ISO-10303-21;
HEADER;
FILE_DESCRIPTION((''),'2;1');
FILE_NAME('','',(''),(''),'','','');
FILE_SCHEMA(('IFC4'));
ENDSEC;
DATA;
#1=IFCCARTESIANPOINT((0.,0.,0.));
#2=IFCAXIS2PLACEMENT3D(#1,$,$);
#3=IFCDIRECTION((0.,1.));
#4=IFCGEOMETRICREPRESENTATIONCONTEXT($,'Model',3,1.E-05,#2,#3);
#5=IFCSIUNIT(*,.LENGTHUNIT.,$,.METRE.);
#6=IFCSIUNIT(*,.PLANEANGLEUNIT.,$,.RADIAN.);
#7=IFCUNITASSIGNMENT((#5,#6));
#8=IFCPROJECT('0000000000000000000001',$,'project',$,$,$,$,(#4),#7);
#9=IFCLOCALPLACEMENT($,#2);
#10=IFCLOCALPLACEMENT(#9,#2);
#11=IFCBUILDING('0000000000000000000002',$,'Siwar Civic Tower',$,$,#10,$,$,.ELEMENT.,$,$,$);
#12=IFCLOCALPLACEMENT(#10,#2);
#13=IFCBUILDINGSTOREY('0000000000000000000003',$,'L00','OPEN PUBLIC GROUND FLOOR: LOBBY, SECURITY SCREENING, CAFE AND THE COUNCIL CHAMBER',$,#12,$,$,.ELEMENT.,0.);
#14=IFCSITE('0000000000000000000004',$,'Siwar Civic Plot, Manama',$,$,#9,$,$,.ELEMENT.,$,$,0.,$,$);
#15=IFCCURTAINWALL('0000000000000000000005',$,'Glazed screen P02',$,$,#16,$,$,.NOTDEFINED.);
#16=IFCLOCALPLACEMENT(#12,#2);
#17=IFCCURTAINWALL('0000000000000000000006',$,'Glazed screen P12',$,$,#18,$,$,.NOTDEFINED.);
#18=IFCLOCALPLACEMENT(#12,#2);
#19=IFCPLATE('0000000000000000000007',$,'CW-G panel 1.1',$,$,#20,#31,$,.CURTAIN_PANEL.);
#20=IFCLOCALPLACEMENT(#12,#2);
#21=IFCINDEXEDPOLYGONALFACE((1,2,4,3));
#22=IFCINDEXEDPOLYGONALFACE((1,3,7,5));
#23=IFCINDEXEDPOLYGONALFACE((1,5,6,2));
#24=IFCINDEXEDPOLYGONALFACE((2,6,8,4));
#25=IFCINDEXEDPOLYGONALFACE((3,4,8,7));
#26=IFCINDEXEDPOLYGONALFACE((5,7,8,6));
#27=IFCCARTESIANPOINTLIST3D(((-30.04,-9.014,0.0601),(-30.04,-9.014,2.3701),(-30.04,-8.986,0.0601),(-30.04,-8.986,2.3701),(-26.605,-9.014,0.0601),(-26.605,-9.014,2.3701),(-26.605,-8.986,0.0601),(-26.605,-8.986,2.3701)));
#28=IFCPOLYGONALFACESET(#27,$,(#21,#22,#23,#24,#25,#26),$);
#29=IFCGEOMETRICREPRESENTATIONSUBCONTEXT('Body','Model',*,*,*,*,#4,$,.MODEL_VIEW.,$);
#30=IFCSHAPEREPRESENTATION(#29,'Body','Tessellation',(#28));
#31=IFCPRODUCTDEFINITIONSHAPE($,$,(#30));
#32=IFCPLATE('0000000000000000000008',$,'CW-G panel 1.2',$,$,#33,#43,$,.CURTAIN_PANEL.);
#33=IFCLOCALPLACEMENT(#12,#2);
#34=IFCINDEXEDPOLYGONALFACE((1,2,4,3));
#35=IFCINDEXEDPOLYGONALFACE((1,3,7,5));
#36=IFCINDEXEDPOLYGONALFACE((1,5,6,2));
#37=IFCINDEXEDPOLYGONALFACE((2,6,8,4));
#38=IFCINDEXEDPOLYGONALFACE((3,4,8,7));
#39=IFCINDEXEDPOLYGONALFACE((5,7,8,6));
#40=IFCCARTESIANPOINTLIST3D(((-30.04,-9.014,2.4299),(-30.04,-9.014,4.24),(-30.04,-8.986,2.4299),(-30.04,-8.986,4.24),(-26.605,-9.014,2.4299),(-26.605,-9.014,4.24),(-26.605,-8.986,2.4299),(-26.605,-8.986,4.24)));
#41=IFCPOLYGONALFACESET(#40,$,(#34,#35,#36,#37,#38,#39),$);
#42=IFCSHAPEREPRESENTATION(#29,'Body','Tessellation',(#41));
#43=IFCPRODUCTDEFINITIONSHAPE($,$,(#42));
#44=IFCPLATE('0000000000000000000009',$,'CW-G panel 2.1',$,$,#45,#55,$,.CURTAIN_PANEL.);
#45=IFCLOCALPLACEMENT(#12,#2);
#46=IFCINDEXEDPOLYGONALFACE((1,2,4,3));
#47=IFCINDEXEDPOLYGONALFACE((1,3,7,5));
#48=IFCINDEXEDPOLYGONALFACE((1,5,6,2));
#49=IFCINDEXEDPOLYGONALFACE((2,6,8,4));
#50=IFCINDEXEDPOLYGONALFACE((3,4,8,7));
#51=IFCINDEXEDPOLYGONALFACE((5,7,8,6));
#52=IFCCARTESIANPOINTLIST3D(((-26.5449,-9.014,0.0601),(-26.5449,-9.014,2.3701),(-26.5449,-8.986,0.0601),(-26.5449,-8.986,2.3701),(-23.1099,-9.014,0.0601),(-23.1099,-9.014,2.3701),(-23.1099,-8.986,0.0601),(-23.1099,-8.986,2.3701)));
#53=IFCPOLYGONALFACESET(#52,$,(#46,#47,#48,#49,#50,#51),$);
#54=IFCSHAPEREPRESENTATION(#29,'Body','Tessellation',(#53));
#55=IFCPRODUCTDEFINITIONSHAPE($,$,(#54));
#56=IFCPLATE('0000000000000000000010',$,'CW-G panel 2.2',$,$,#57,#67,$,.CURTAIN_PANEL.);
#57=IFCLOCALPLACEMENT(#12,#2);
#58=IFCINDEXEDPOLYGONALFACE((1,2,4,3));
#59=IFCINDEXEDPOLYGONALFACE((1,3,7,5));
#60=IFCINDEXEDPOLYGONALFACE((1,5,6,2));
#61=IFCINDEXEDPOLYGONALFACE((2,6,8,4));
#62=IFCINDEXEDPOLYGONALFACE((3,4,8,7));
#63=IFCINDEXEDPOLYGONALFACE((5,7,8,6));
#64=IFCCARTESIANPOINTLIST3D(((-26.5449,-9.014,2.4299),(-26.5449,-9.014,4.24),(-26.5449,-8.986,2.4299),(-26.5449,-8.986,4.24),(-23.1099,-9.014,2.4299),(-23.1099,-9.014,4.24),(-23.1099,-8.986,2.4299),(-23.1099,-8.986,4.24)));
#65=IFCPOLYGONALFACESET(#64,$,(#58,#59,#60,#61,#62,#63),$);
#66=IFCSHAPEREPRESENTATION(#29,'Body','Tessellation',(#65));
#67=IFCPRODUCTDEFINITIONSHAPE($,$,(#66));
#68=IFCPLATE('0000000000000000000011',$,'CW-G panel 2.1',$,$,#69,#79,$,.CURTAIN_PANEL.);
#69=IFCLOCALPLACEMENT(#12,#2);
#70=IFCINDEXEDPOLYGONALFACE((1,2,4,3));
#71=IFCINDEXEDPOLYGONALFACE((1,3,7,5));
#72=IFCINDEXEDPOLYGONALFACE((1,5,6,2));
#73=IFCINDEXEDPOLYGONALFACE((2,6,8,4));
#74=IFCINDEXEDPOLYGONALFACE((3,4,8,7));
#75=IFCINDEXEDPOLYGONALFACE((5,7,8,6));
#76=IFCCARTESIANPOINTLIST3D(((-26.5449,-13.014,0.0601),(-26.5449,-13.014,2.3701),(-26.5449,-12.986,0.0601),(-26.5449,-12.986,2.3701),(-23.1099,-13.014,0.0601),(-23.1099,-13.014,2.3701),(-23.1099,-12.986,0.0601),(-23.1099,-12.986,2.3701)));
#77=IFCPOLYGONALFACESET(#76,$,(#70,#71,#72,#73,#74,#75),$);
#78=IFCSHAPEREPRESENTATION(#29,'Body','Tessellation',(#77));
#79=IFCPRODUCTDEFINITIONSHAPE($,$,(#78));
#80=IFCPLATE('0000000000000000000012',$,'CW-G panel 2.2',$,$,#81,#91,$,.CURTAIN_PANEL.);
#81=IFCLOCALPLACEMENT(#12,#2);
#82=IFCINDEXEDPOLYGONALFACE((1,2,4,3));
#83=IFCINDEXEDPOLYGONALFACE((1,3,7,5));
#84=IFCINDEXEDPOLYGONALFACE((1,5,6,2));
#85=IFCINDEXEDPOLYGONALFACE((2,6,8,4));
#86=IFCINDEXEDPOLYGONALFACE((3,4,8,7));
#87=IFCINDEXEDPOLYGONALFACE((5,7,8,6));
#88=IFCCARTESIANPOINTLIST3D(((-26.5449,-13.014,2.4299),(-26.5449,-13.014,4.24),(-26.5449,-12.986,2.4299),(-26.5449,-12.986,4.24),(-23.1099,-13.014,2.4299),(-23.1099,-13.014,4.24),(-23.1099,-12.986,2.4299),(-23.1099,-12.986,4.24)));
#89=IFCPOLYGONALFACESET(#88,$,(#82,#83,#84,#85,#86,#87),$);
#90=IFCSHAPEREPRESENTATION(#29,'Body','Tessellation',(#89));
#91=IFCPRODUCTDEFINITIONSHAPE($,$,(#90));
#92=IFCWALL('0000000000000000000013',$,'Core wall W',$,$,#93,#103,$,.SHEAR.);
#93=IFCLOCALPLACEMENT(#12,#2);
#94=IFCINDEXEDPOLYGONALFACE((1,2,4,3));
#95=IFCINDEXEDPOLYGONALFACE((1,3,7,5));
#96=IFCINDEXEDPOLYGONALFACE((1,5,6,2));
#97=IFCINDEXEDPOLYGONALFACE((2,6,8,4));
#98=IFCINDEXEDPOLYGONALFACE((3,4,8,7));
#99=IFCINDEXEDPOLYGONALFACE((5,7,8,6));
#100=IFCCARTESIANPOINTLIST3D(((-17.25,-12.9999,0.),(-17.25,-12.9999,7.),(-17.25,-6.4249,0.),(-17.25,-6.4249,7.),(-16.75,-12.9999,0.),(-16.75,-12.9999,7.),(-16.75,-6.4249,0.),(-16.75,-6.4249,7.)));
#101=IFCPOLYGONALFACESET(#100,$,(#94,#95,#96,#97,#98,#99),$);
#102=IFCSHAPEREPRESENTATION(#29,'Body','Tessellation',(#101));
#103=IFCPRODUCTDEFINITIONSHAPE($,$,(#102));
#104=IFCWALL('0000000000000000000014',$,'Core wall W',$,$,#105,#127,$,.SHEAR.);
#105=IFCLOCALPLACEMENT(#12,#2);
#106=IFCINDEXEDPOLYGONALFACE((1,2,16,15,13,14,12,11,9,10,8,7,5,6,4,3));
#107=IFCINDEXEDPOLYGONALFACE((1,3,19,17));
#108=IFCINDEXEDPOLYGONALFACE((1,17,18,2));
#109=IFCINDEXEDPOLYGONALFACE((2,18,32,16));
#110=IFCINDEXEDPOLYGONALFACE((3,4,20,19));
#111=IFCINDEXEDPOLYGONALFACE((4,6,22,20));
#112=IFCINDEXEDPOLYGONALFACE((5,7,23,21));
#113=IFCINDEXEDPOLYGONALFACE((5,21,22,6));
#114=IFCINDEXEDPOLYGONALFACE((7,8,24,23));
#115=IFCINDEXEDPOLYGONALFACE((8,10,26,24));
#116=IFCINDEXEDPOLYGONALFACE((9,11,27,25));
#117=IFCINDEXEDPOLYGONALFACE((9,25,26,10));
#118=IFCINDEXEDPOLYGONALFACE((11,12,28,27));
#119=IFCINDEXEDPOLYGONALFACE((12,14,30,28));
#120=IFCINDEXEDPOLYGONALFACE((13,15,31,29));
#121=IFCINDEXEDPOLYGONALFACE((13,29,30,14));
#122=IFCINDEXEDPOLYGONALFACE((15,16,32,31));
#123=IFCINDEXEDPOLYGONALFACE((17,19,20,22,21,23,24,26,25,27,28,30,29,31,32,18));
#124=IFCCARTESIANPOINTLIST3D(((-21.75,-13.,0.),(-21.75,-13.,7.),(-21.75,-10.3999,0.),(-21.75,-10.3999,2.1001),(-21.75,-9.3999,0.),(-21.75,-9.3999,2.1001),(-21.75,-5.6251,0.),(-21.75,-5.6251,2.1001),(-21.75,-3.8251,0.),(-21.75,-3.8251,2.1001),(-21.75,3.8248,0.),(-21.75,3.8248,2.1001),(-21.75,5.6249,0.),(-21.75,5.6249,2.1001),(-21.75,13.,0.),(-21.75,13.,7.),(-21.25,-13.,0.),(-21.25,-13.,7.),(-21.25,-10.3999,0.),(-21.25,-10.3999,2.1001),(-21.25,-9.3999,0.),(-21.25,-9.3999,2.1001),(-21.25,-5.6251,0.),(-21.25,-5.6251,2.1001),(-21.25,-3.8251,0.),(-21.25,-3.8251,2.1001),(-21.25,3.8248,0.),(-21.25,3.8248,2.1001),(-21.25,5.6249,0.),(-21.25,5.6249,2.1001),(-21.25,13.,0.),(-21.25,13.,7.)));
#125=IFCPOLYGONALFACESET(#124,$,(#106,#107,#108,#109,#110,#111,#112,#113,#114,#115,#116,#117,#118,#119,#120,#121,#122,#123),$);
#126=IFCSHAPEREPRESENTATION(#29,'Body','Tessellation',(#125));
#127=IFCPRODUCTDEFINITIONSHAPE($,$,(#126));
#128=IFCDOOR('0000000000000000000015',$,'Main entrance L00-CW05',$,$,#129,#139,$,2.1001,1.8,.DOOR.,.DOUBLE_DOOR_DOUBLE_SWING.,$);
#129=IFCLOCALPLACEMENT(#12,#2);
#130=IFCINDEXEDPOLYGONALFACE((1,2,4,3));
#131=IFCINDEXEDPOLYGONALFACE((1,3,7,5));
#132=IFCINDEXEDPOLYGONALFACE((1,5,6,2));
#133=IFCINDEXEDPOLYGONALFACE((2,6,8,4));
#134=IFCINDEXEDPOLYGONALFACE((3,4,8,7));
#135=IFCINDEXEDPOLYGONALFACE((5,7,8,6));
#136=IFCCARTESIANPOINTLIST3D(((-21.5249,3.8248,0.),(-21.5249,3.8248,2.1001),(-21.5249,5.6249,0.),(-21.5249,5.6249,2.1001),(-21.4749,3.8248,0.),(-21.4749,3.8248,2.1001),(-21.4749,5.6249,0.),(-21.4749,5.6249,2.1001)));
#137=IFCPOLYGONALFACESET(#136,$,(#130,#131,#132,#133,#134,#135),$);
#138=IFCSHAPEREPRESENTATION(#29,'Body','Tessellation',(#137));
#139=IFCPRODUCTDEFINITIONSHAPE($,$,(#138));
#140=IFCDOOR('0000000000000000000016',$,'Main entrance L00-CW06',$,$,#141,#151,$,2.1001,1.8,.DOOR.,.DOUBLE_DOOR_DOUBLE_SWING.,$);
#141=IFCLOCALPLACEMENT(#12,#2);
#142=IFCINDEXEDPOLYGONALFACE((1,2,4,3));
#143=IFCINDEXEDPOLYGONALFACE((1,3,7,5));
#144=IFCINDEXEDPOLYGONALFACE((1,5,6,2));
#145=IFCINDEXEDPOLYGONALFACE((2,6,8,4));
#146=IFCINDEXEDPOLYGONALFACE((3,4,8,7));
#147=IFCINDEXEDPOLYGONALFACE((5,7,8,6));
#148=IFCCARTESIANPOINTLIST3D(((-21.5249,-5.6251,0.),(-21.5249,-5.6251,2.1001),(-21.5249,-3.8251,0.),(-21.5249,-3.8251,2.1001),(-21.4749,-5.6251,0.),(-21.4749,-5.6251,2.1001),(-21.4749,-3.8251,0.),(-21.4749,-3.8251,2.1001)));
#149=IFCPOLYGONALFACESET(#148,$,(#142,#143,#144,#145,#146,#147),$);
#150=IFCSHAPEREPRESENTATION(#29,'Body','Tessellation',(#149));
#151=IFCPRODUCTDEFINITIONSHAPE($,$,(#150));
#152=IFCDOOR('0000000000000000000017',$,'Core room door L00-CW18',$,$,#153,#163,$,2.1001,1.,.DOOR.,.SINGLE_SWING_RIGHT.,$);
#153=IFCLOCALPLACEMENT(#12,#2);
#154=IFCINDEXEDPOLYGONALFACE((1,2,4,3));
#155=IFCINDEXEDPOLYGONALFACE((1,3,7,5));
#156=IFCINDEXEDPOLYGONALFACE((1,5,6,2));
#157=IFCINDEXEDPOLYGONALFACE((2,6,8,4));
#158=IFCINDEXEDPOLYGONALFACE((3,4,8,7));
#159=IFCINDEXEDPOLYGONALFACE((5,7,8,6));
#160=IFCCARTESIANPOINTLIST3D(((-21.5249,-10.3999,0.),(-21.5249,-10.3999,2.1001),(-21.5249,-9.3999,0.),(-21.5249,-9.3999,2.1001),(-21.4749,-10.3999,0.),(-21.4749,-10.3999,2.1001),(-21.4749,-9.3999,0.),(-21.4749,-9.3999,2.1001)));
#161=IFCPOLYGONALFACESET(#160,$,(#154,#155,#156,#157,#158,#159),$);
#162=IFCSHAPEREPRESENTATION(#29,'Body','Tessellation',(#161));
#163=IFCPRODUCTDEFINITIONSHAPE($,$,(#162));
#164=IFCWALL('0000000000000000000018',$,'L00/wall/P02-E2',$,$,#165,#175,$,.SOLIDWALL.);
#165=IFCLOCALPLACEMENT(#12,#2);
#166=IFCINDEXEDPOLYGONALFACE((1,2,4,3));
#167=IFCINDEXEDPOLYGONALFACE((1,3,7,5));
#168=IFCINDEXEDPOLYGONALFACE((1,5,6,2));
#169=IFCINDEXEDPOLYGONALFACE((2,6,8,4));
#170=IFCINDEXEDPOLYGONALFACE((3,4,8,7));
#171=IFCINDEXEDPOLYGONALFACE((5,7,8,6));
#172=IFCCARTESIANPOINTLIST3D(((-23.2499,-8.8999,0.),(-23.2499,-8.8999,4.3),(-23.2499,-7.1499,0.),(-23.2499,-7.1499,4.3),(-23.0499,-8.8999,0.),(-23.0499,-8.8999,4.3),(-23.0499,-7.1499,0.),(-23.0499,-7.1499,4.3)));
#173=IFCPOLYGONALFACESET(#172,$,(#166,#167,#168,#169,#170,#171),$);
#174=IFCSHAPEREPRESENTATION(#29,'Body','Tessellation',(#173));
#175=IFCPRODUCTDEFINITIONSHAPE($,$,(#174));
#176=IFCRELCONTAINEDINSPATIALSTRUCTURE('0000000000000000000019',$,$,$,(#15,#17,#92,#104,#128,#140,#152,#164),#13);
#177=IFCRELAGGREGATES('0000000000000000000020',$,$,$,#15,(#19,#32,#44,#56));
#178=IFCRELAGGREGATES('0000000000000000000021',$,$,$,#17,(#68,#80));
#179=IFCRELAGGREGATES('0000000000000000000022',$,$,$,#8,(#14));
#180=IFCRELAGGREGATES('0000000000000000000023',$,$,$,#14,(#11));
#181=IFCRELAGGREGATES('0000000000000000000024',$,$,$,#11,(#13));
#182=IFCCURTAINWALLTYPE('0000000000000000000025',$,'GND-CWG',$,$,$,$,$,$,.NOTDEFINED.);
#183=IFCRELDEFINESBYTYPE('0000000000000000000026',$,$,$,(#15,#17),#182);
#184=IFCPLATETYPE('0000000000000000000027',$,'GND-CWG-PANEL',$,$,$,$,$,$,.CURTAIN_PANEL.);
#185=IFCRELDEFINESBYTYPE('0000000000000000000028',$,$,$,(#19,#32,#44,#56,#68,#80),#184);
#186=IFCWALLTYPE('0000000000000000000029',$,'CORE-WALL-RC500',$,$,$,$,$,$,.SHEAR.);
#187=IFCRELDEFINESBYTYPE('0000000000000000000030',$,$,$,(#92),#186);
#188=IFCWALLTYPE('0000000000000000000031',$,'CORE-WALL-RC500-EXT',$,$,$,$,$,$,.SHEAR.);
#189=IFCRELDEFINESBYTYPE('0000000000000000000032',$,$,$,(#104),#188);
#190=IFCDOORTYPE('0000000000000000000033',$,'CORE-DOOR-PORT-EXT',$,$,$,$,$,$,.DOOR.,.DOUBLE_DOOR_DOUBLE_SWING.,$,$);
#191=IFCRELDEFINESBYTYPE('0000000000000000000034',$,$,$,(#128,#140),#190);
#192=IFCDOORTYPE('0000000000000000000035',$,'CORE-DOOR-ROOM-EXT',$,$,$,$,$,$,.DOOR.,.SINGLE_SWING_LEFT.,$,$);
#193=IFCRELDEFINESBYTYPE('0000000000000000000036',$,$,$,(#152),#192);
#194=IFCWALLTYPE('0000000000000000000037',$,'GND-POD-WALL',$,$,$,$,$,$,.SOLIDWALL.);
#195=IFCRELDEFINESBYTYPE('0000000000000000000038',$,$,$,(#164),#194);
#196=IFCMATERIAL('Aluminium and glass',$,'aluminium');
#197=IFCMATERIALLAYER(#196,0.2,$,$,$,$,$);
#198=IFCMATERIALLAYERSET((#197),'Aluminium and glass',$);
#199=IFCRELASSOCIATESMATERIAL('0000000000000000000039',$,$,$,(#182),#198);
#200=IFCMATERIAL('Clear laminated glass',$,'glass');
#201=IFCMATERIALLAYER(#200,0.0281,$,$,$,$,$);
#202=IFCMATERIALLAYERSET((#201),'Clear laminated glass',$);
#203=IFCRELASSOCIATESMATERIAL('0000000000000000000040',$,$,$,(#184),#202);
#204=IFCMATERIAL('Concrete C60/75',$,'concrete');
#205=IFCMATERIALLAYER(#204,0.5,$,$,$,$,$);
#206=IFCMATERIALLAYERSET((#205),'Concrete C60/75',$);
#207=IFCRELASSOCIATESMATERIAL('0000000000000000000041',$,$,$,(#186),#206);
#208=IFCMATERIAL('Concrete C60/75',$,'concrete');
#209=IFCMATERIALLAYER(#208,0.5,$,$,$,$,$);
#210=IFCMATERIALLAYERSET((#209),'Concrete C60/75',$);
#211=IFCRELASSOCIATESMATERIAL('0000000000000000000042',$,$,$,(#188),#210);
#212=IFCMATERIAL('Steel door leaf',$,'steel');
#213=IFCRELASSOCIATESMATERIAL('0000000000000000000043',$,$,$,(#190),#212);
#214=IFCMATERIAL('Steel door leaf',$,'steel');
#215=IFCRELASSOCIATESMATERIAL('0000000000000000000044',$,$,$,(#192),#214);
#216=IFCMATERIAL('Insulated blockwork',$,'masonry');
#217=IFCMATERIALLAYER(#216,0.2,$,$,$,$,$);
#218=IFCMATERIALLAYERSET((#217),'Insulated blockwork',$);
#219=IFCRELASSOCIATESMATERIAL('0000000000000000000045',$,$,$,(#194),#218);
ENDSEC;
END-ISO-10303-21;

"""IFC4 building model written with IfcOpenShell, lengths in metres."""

from ifc_helpers import new_model, si_unit, direction, frame, frame_2d, origin, origin_2d, place, context, subcontext, project, spatial, rectangle, extrude, material, layer, layer_set, type_object, element, fill, aggregate, save


model = new_model("IFC4")

# Units and contexts
model_context = context("Model", 3, precision=1e-05, world=origin(), true_north=direction((0.0, 1.0)))
body_context = subcontext(model_context, "Body", "Model", "MODEL_VIEW")
ifc_project = project(units=[si_unit("LENGTHUNIT", "METRE"), si_unit("PLANEANGLEUNIT", "RADIAN")], contexts=[model_context])

# Site, building, storey
site_placement = place(None, origin())
site = spatial("IfcSite", under=ifc_project, at=site_placement, Name="Siwar Civic Plot, Manama", CompositionType="ELEMENT", RefElevation=0.0)
building_placement = place(site_placement, origin())
building = spatial("IfcBuilding", under=site, at=building_placement, Name="Siwar Civic Tower", CompositionType="ELEMENT")
storey_placement = place(building_placement, origin())
storey = spatial("IfcBuildingStorey", under=building, at=storey_placement, Name="L00", Description="OPEN PUBLIC GROUND FLOOR: LOBBY, SECURITY SCREENING, CAFE AND THE COUNCIL CHAMBER", CompositionType="ELEMENT", Elevation=0.0)

# Curtain walls
ifc_material_1 = material(Name="Aluminium and glass", Category="aluminium")
ifc_layer_1 = layer(ifc_material_1, 0.2)
ifc_layer_set_1 = layer_set([ifc_layer_1], Name="Aluminium and glass")
curtain_wall_type = type_object("IfcCurtainWallType", Name="GND-CWG", PredefinedType="NOTDEFINED", material=ifc_layer_set_1)
curtain_wall_1_placement = place(storey_placement, origin())
curtain_wall_1 = element("IfcCurtainWall", 1, at=curtain_wall_1_placement, inside=storey, type_object=curtain_wall_type, Name="Glazed screen P02", PredefinedType="NOTDEFINED")
curtain_wall_2_placement = place(storey_placement, origin())
curtain_wall_2 = element("IfcCurtainWall", 2, at=curtain_wall_2_placement, inside=storey, type_object=curtain_wall_type, Name="Glazed screen P12", PredefinedType="NOTDEFINED")

# Plates
ifc_material_2 = material(Name="Clear laminated glass", Category="glass")
ifc_layer_2 = layer(ifc_material_2, 0.0281)
ifc_layer_set_2 = layer_set([ifc_layer_2], Name="Clear laminated glass")
plate_type = type_object("IfcPlateType", Name="GND-CWG-PANEL", PredefinedType="CURTAIN_PANEL", material=ifc_layer_set_2)
plate_1_placement = place(storey_placement, frame((-28.3225, -9.0, 0.0601), z_axis=(0.0, 0.0, 1.0), x_axis=(1.0, 0.0, 0.0)))
plate_1 = element("IfcPlate", 3, at=plate_1_placement, type_object=plate_type, Name="CW-G panel 1.1", PredefinedType="CURTAIN_PANEL", context=body_context, shape_type="SweptSolid", body=[
    extrude(rectangle(XDim=3.4351, YDim=0.0281, at=origin_2d()), origin(), (0.0, 0.0, 1.0), 2.3101),
])
plate_2_placement = place(storey_placement, frame((-28.3225, -9.0, 2.4299), z_axis=(0.0, 0.0, 1.0), x_axis=(1.0, 0.0, 0.0)))
plate_2 = element("IfcPlate", 4, at=plate_2_placement, type_object=plate_type, Name="CW-G panel 1.2", PredefinedType="CURTAIN_PANEL", context=body_context, shape_type="SweptSolid", body=[
    extrude(rectangle(XDim=3.4351, YDim=0.0281, at=origin_2d()), origin(), (0.0, 0.0, 1.0), 1.8101),
])
plate_3_placement = place(storey_placement, frame((-24.8274, -9.0, 0.0601), z_axis=(0.0, 0.0, 1.0), x_axis=(1.0, 0.0, 0.0)))
plate_3 = element("IfcPlate", 5, at=plate_3_placement, type_object=plate_type, Name="CW-G panel 2.1", PredefinedType="CURTAIN_PANEL", context=body_context, shape_type="SweptSolid", body=[
    extrude(rectangle(XDim=3.4351, YDim=0.0281, at=origin_2d()), origin(), (0.0, 0.0, 1.0), 2.3101),
])
plate_4_placement = place(storey_placement, frame((-24.8274, -9.0, 2.4299), z_axis=(0.0, 0.0, 1.0), x_axis=(1.0, 0.0, 0.0)))
plate_4 = element("IfcPlate", 6, at=plate_4_placement, type_object=plate_type, Name="CW-G panel 2.2", PredefinedType="CURTAIN_PANEL", context=body_context, shape_type="SweptSolid", body=[
    extrude(rectangle(XDim=3.4351, YDim=0.0281, at=origin_2d()), origin(), (0.0, 0.0, 1.0), 1.8101),
])
aggregate(curtain_wall_1, [plate_1, plate_2, plate_3, plate_4])
plate_5_placement = place(storey_placement, frame((-24.8274, -13.0, 0.0601), z_axis=(0.0, 0.0, 1.0), x_axis=(1.0, 0.0, 0.0)))
plate_5 = element("IfcPlate", 7, at=plate_5_placement, type_object=plate_type, Name="CW-G panel 2.1", PredefinedType="CURTAIN_PANEL", context=body_context, shape_type="SweptSolid", body=[
    extrude(rectangle(XDim=3.4351, YDim=0.0281, at=origin_2d()), origin(), (0.0, 0.0, 1.0), 2.3101),
])
plate_6_placement = place(storey_placement, frame((-24.8274, -13.0, 2.4299), z_axis=(0.0, 0.0, 1.0), x_axis=(1.0, 0.0, 0.0)))
plate_6 = element("IfcPlate", 8, at=plate_6_placement, type_object=plate_type, Name="CW-G panel 2.2", PredefinedType="CURTAIN_PANEL", context=body_context, shape_type="SweptSolid", body=[
    extrude(rectangle(XDim=3.4351, YDim=0.0281, at=origin_2d()), origin(), (0.0, 0.0, 1.0), 1.8101),
])
aggregate(curtain_wall_2, [plate_5, plate_6])

# Wall
ifc_material_3 = material(Name="Concrete C60/75", Category="concrete")
ifc_layer_3 = layer(ifc_material_3, 0.5)
ifc_layer_set_3 = layer_set([ifc_layer_3], Name="Concrete C60/75")
wall_type_1 = type_object("IfcWallType", Name="CORE-WALL-RC500", PredefinedType="SHEAR", material=ifc_layer_set_3)
wall_1_placement = place(storey_placement, frame((-17.0, -13.0, 0.0), z_axis=(0.0, 0.0, 1.0), x_axis=(0.0, 1.0, 0.0)))
element("IfcWall", 9, at=wall_1_placement, inside=storey, type_object=wall_type_1, Name="Core wall W", PredefinedType="SHEAR", context=body_context, shape_type="SweptSolid", body=[
    extrude(rectangle(XDim=6.575, YDim=0.5, at=frame_2d((3.2876, 0.0))), origin(), (0.0, 0.0, 1.0), 7.0),
])

# Wall, openings, doors
ifc_material_4 = material(Name="Concrete C60/75", Category="concrete")
ifc_layer_4 = layer(ifc_material_4, 0.5)
ifc_layer_set_4 = layer_set([ifc_layer_4], Name="Concrete C60/75")
wall_type_2 = type_object("IfcWallType", Name="CORE-WALL-RC500-EXT", PredefinedType="SHEAR", material=ifc_layer_set_4)
wall_2_placement = place(storey_placement, frame((-21.5, -13.0, 0.0), z_axis=(0.0, 0.0, 1.0), x_axis=(0.0, 1.0, 0.0)))
wall_2 = element("IfcWall", 10, at=wall_2_placement, inside=storey, type_object=wall_type_2, Name="Core wall W", PredefinedType="SHEAR", context=body_context, shape_type="SweptSolid", body=[
    extrude(rectangle(XDim=26.0, YDim=0.5, at=frame_2d((13.0, 0.0))), origin(), (0.0, 0.0, 1.0), 7.0),
])
opening_1_placement = place(wall_2_placement, frame((16.825, 0.0, 0.0)))
opening_1 = element("IfcOpeningElement", 11, at=opening_1_placement, cuts=wall_2, PredefinedType="OPENING", context=body_context, shape_type="SweptSolid", body=[
    extrude(rectangle(XDim=1.8, YDim=2.1001, at=frame_2d((0.8999, 1.05))), frame((0.0, 0.26, 0.0), z_axis=(0.0, -1.0, 0.0), x_axis=(1.0, 0.0, 0.0)), (0.0, 0.0, 1.0), 0.52),
])
opening_2_placement = place(wall_2_placement, frame((7.375, 0.0, 0.0)))
opening_2 = element("IfcOpeningElement", 12, at=opening_2_placement, cuts=wall_2, PredefinedType="OPENING", context=body_context, shape_type="SweptSolid", body=[
    extrude(rectangle(XDim=1.8, YDim=2.1001, at=frame_2d((0.8999, 1.05))), frame((0.0, 0.26, 0.0), z_axis=(0.0, -1.0, 0.0), x_axis=(1.0, 0.0, 0.0)), (0.0, 0.0, 1.0), 0.52),
])
opening_3_placement = place(wall_2_placement, frame((2.6001, 0.0, 0.0)))
opening_3 = element("IfcOpeningElement", 13, at=opening_3_placement, cuts=wall_2, PredefinedType="OPENING", context=body_context, shape_type="SweptSolid", body=[
    extrude(rectangle(XDim=1.0, YDim=2.1001, at=frame_2d((0.5, 1.05))), frame((0.0, 0.26, 0.0), z_axis=(0.0, -1.0, 0.0), x_axis=(1.0, 0.0, 0.0)), (0.0, 0.0, 1.0), 0.52),
])
ifc_material_5 = material(Name="Steel door leaf", Category="steel")
door_type_1 = type_object("IfcDoorType", Name="CORE-DOOR-PORT-EXT", OperationType="DOUBLE_DOOR_DOUBLE_SWING", PredefinedType="DOOR", material=ifc_material_5)
door_1_placement = place(opening_1_placement, origin())
door_1 = element("IfcDoor", 14, at=door_1_placement, inside=storey, type_object=door_type_1, Name="Main entrance L00-CW05", OperationType="DOUBLE_DOOR_DOUBLE_SWING", OverallHeight=2.1001, OverallWidth=1.8, PredefinedType="DOOR", context=body_context, shape_type="SweptSolid", body=[
    extrude(rectangle(XDim=1.8, YDim=2.1001, at=frame_2d((0.8999, 1.05))), frame((0.0, 0.0249, 0.0), z_axis=(0.0, -1.0, 0.0), x_axis=(1.0, 0.0, 0.0)), (0.0, 0.0, 1.0), 0.05),
])
fill(opening_1, door_1)
door_2_placement = place(opening_2_placement, origin())
door_2 = element("IfcDoor", 15, at=door_2_placement, inside=storey, type_object=door_type_1, Name="Main entrance L00-CW06", OperationType="DOUBLE_DOOR_DOUBLE_SWING", OverallHeight=2.1001, OverallWidth=1.8, PredefinedType="DOOR", context=body_context, shape_type="SweptSolid", body=[
    extrude(rectangle(XDim=1.8, YDim=2.1001, at=frame_2d((0.8999, 1.05))), frame((0.0, 0.0249, 0.0), z_axis=(0.0, -1.0, 0.0), x_axis=(1.0, 0.0, 0.0)), (0.0, 0.0, 1.0), 0.05),
])
fill(opening_2, door_2)
ifc_material_6 = material(Name="Steel door leaf", Category="steel")
door_type_2 = type_object("IfcDoorType", Name="CORE-DOOR-ROOM-EXT", OperationType="SINGLE_SWING_LEFT", PredefinedType="DOOR", material=ifc_material_6)
door_3_placement = place(opening_3_placement, origin())
door_3 = element("IfcDoor", 16, at=door_3_placement, inside=storey, type_object=door_type_2, Name="Core room door L00-CW18", OperationType="SINGLE_SWING_RIGHT", OverallHeight=2.1001, OverallWidth=1.0, PredefinedType="DOOR", context=body_context, shape_type="SweptSolid", body=[
    extrude(rectangle(XDim=1.0, YDim=2.1001, at=frame_2d((0.5, 1.05))), frame((0.0, 0.0249, 0.0), z_axis=(0.0, -1.0, 0.0), x_axis=(1.0, 0.0, 0.0)), (0.0, 0.0, 1.0), 0.05),
])
fill(opening_3, door_3)

# Wall
ifc_material_7 = material(Name="Insulated blockwork", Category="masonry")
ifc_layer_5 = layer(ifc_material_7, 0.2)
ifc_layer_set_5 = layer_set([ifc_layer_5], Name="Insulated blockwork")
wall_type_3 = type_object("IfcWallType", Name="GND-POD-WALL", PredefinedType="SOLIDWALL", material=ifc_layer_set_5)
wall_3_placement = place(storey_placement, frame((-23.1499, -8.8999, 0.0), z_axis=(0.0, 0.0, 1.0), x_axis=(0.0, 1.0, 0.0)))
element("IfcWall", 17, at=wall_3_placement, inside=storey, type_object=wall_type_3, Name="L00/wall/P02-E2", PredefinedType="SOLIDWALL", context=body_context, shape_type="SweptSolid", body=[
    extrude(rectangle(XDim=1.75, YDim=0.2, at=frame_2d((0.875, 0.0))), origin(), (0.0, 0.0, 1.0), 4.3),
])

save(model, "model.ifc")
